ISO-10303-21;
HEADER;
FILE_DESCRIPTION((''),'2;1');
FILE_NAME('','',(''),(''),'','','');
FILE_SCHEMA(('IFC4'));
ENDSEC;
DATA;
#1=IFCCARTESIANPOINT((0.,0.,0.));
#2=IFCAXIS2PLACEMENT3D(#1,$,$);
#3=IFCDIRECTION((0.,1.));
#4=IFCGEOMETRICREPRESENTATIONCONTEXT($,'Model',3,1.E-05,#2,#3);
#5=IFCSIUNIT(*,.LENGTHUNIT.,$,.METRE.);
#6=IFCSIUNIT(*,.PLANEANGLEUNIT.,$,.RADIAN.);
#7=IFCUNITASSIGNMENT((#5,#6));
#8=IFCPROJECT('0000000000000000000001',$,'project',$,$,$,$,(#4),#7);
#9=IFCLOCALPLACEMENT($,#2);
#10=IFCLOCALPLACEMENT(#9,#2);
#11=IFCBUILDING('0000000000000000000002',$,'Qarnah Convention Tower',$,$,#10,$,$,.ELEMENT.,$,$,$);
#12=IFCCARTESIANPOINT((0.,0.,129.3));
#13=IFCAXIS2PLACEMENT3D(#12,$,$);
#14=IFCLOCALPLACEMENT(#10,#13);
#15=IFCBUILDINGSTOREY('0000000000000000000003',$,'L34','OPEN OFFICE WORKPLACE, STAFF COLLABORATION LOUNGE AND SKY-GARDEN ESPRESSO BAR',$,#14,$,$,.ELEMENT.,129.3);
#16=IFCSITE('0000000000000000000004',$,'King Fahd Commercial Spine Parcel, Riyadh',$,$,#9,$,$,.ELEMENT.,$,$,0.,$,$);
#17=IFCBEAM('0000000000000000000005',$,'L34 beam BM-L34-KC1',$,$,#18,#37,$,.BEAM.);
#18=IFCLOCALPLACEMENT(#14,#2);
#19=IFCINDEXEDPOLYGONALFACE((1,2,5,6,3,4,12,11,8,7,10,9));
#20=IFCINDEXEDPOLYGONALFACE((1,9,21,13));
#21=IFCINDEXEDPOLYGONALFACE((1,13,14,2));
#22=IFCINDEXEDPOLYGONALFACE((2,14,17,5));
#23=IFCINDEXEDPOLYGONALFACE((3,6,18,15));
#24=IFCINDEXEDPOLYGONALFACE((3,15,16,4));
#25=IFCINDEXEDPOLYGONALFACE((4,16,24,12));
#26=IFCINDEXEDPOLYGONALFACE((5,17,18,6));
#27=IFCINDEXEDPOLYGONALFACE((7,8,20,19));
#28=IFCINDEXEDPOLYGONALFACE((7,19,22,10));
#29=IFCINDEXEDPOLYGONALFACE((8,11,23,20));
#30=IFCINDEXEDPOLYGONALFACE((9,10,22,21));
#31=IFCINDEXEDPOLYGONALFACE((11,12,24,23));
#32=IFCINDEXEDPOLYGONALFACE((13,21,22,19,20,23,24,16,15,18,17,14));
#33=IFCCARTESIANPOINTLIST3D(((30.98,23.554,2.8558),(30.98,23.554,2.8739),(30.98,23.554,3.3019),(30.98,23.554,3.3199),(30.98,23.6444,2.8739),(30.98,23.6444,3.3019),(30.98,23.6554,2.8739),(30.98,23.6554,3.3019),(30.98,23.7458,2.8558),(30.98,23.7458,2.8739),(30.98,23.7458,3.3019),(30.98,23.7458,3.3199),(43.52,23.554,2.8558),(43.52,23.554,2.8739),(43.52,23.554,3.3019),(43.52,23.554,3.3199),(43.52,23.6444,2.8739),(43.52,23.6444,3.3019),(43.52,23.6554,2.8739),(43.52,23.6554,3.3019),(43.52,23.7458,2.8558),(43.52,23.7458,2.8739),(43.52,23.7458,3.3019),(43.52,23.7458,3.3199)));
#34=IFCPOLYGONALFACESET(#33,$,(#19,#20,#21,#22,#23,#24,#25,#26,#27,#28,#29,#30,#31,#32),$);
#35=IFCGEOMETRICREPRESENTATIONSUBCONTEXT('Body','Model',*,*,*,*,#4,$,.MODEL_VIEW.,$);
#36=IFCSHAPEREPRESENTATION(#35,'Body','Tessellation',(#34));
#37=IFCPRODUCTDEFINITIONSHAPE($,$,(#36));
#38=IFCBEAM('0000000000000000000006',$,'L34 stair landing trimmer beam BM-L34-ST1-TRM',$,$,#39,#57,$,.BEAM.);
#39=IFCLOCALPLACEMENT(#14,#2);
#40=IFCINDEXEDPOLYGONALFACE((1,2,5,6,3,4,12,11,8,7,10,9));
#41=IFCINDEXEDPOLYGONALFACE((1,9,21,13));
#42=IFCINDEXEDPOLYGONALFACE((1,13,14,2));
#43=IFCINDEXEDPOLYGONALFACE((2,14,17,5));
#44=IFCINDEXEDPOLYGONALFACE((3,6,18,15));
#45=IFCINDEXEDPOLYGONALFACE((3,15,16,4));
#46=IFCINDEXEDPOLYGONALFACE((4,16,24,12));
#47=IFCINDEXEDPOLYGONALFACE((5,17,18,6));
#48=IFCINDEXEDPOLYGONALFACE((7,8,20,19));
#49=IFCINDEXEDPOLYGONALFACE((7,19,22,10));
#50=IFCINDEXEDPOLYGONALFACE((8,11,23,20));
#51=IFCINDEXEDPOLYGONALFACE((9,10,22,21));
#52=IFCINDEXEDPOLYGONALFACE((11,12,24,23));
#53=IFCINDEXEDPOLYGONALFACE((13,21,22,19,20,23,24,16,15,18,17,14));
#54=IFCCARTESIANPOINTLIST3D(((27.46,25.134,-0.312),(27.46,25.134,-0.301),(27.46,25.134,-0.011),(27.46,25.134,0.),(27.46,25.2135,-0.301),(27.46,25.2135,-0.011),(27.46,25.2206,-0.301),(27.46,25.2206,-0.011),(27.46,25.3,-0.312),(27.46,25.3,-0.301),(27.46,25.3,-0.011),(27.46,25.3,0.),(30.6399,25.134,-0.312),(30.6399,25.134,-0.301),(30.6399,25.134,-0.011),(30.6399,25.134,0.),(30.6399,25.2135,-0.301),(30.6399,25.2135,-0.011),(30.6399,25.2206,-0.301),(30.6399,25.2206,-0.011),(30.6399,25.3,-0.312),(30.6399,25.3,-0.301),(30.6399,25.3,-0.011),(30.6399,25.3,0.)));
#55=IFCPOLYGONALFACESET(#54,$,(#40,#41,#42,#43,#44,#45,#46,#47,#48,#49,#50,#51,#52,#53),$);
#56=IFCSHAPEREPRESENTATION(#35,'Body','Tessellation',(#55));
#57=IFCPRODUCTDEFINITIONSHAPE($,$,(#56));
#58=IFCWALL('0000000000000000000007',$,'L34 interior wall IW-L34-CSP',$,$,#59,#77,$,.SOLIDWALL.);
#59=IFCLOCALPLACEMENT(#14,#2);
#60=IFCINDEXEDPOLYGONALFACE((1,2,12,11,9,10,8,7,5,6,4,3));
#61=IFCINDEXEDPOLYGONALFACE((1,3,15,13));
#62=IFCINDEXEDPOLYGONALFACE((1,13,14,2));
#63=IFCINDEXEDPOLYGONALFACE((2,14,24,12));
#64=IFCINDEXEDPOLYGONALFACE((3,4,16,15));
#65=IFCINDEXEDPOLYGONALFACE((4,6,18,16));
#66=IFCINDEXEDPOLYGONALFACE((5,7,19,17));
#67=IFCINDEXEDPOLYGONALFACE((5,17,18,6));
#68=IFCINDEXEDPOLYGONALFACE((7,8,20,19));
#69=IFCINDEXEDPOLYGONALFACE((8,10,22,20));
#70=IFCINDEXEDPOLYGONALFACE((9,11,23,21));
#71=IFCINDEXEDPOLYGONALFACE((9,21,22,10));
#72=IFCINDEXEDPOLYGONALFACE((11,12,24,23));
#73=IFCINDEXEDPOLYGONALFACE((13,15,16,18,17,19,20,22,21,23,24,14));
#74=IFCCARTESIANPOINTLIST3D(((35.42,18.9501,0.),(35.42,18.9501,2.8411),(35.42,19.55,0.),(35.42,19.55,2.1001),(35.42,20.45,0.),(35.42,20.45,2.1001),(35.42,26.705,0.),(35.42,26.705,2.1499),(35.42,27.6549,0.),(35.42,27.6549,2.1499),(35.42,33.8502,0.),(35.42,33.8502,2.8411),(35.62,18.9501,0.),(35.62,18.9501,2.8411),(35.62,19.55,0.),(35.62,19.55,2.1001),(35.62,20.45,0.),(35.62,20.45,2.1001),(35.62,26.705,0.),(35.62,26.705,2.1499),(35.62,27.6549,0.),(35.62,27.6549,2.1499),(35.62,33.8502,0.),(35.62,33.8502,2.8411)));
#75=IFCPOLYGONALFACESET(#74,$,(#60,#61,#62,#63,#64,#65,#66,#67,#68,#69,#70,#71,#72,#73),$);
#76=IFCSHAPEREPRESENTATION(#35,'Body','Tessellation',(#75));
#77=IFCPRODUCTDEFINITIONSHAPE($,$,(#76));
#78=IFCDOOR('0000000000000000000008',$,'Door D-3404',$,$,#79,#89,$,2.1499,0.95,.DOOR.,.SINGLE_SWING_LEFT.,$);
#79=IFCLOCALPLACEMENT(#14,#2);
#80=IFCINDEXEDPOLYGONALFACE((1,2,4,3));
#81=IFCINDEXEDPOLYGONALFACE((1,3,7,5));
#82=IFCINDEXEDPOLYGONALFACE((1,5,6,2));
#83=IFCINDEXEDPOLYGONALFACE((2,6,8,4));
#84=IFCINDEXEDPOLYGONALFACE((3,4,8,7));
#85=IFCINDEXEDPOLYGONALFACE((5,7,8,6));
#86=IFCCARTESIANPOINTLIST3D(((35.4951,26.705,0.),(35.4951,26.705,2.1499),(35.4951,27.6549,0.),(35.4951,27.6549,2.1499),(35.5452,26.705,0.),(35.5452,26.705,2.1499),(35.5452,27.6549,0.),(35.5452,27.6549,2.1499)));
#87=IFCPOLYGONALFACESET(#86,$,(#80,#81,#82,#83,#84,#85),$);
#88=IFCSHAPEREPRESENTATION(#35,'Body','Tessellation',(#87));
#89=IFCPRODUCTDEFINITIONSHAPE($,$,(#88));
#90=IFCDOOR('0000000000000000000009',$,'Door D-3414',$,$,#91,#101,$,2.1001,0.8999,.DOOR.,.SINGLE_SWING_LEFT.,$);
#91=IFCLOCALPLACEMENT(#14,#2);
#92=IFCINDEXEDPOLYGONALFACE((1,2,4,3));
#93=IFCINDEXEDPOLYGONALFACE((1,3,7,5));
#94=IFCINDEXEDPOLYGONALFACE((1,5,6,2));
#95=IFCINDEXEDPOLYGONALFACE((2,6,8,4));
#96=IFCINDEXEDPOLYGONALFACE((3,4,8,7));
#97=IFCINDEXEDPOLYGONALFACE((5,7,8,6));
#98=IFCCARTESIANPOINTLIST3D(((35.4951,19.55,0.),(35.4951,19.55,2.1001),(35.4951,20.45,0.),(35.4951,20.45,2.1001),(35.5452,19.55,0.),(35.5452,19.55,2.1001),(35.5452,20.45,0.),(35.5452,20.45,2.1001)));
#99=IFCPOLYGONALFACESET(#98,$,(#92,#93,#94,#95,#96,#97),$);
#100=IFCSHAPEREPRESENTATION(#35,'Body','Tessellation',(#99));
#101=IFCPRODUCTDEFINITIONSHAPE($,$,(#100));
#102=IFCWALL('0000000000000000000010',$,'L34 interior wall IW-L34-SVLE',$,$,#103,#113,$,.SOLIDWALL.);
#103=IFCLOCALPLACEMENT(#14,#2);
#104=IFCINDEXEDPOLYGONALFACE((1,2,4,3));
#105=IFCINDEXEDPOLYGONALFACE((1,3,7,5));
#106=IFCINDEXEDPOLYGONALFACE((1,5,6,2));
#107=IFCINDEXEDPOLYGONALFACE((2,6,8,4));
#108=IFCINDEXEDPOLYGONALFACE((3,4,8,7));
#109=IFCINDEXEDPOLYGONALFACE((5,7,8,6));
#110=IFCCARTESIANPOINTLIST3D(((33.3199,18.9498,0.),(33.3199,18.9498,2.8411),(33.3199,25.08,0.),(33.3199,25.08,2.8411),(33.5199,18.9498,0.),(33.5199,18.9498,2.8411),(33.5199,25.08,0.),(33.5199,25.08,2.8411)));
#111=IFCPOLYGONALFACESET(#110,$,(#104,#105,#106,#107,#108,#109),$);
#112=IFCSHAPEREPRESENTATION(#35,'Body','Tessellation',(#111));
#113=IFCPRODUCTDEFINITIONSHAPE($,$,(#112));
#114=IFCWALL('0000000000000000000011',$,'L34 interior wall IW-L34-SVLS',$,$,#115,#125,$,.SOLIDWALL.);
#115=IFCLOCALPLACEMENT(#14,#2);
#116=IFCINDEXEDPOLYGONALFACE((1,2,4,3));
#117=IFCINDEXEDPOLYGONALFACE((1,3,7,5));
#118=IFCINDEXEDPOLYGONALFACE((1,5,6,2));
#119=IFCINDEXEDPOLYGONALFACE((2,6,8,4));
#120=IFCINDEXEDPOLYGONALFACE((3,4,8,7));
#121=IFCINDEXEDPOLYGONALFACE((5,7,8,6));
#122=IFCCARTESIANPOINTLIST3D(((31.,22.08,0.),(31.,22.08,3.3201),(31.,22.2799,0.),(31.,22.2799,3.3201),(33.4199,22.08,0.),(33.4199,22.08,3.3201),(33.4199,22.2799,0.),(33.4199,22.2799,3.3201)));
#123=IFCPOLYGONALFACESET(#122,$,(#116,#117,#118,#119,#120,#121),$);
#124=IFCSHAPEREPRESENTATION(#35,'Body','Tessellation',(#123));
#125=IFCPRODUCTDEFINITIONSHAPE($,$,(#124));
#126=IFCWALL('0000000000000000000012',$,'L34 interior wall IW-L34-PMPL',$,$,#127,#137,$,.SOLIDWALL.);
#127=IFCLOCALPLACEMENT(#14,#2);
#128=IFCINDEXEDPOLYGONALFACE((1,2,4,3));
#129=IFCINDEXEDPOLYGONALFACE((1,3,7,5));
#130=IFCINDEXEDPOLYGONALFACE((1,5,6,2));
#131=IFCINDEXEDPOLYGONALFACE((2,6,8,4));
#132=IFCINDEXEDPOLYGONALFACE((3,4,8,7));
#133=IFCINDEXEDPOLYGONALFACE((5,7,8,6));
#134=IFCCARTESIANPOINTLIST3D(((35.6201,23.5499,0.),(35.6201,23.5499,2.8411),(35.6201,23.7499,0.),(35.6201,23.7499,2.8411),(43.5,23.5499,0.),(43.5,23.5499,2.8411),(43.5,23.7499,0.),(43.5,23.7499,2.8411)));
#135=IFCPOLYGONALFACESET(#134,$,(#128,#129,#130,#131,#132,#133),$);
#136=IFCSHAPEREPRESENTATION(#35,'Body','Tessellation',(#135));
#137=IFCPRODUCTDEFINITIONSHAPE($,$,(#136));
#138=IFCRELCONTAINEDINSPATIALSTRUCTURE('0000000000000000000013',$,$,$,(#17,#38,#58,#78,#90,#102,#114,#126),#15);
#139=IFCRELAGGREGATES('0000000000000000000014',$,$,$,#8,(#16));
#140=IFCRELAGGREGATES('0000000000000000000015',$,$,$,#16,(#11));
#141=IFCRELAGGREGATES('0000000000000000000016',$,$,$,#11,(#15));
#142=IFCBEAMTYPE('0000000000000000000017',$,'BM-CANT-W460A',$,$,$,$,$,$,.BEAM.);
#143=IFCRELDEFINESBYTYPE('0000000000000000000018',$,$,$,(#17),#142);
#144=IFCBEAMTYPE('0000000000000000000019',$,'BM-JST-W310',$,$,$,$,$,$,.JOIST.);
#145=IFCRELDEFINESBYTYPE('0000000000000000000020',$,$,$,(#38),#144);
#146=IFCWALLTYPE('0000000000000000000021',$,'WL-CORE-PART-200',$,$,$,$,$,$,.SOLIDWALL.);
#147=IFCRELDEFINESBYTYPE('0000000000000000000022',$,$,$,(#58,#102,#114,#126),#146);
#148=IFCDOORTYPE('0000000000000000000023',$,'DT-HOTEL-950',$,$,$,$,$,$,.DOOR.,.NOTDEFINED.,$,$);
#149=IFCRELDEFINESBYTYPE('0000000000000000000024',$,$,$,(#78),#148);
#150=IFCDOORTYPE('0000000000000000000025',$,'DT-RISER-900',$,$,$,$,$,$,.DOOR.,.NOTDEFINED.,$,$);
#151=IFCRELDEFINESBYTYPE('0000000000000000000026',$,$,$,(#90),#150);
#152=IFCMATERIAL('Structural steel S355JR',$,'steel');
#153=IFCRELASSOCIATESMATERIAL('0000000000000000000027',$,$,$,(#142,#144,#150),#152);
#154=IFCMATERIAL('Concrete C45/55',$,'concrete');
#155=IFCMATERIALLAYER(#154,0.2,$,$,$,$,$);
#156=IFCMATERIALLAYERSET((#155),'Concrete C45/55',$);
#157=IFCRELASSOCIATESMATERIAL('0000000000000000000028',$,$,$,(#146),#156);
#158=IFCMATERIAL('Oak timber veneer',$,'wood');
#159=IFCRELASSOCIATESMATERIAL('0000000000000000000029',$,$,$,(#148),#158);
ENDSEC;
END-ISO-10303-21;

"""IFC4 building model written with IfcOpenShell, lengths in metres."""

from ifc_helpers import new_model, si_unit, direction, frame, frame_2d, origin, origin_2d, place, context, subcontext, project, spatial, rectangle, i_section, extrude, material, layer, layer_set, material_profile, profile_set, type_object, element, fill, save


model = new_model("IFC4")

# Units and contexts
model_context = context("Model", 3, precision=1e-05, world=origin(), true_north=direction((0.0, 1.0)))
body_context = subcontext(model_context, "Body", "Model", "MODEL_VIEW")
ifc_project = project(units=[si_unit("LENGTHUNIT", "METRE"), si_unit("PLANEANGLEUNIT", "RADIAN")], contexts=[model_context])

# Site, building, storey
site_placement = place(None, origin())
site = spatial("IfcSite", under=ifc_project, at=site_placement, Name="King Fahd Commercial Spine Parcel, Riyadh", CompositionType="ELEMENT", RefElevation=0.0)
building_placement = place(site_placement, origin())
building = spatial("IfcBuilding", under=site, at=building_placement, Name="Qarnah Convention Tower", CompositionType="ELEMENT")
storey_placement = place(building_placement, frame((0.0, 0.0, 129.3)))
storey = spatial("IfcBuildingStorey", under=building, at=storey_placement, Name="L34", Description="OPEN OFFICE WORKPLACE, STAFF COLLABORATION LOUNGE AND SKY-GARDEN ESPRESSO BAR", CompositionType="ELEMENT", Elevation=129.3)

# Beams
ifc_material_1 = material(Name="Structural steel S355JR", Category="steel")
ifc_material_profile_1 = material_profile(ifc_material_1, i_section(OverallWidth=0.1919, OverallDepth=0.4641, WebThickness=0.011, FlangeThickness=0.0181, at=origin_2d()), Name="W460X89")
ifc_profile_set_1 = profile_set([ifc_material_profile_1], Name="Structural steel S355JR")
beam_type_1 = type_object("IfcBeamType", Name="BM-CANT-W460A", PredefinedType="BEAM", material=ifc_profile_set_1)
beam_1_placement = place(storey_placement, frame((30.98, 23.6499, 3.0879), z_axis=(1.0, 0.0, 0.0), x_axis=(0.0, 1.0, 0.0)))
element("IfcBeam", 1, at=beam_1_placement, inside=storey, type_object=beam_type_1, Name="L34 beam BM-L34-KC1", PredefinedType="BEAM", context=body_context, shape_type="SweptSolid", body=[
    extrude(i_section(OverallWidth=0.1919, OverallDepth=0.4641, WebThickness=0.011, FlangeThickness=0.0181, at=origin_2d()), origin(), (0.0, 0.0, 1.0), 12.54),
])
ifc_material_profile_2 = material_profile(ifc_material_1, i_section(OverallWidth=0.166, OverallDepth=0.312, WebThickness=0.0071, FlangeThickness=0.011, at=origin_2d()), Name="W310X45")
ifc_profile_set_2 = profile_set([ifc_material_profile_2], Name="Structural steel S355JR")
beam_type_2 = type_object("IfcBeamType", Name="BM-JST-W310", PredefinedType="JOIST", material=ifc_profile_set_2)
beam_2_placement = place(storey_placement, frame((27.46, 25.217, -0.156), z_axis=(1.0, 0.0, 0.0), x_axis=(0.0, 1.0, 0.0)))
element("IfcBeam", 2, at=beam_2_placement, inside=storey, type_object=beam_type_2, Name="L34 stair landing trimmer beam BM-L34-ST1-TRM", PredefinedType="BEAM", context=body_context, shape_type="SweptSolid", body=[
    extrude(i_section(OverallWidth=0.166, OverallDepth=0.312, WebThickness=0.0071, FlangeThickness=0.011, at=origin_2d()), origin(), (0.0, 0.0, 1.0), 3.1799),
])

# Wall, openings, doors
ifc_material_2 = material(Name="Concrete C45/55", Category="concrete")
ifc_layer_1 = layer(ifc_material_2, 0.2)
ifc_layer_set_1 = layer_set([ifc_layer_1], Name="Concrete C45/55")
wall_type_1 = type_object("IfcWallType", Name="WL-CORE-PART-200", PredefinedType="SOLIDWALL", material=ifc_layer_set_1)
wall_1_placement = place(storey_placement, frame((35.52, 18.95, 0.0), z_axis=(0.0, 0.0, 1.0), x_axis=(0.0, 1.0, 0.0)))
wall_1 = element("IfcWall", 3, at=wall_1_placement, inside=storey, type_object=wall_type_1, Name="L34 interior wall IW-L34-CSP", PredefinedType="SOLIDWALL", context=body_context, shape_type="SweptSolid", body=[
    extrude(rectangle(XDim=14.9001, YDim=0.2, at=frame_2d((7.4502, 0.0))), origin(), (0.0, 0.0, 1.0), 2.8411),
])
opening_1_placement = place(wall_1_placement, frame((7.7549, 0.0, 0.0)))
opening_1 = element("IfcOpeningElement", 4, at=opening_1_placement, cuts=wall_1, PredefinedType="OPENING", context=body_context, shape_type="SweptSolid", body=[
    extrude(rectangle(XDim=0.95, YDim=2.1499, at=frame_2d((0.4751, 1.075))), frame((0.0, 0.1099, 0.0), z_axis=(0.0, -1.0, 0.0), x_axis=(1.0, 0.0, 0.0)), (0.0, 0.0, 1.0), 0.22),
])
opening_2_placement = place(wall_1_placement, frame((0.6001, 0.0, 0.0)))
opening_2 = element("IfcOpeningElement", 5, at=opening_2_placement, cuts=wall_1, PredefinedType="OPENING", context=body_context, shape_type="SweptSolid", body=[
    extrude(rectangle(XDim=0.8999, YDim=2.1001, at=frame_2d((0.45, 1.05))), frame((0.0, 0.1099, 0.0), z_axis=(0.0, -1.0, 0.0), x_axis=(1.0, 0.0, 0.0)), (0.0, 0.0, 1.0), 0.22),
])
ifc_material_3 = material(Name="Oak timber veneer", Category="wood")
door_type_1 = type_object("IfcDoorType", Name="DT-HOTEL-950", OperationType="NOTDEFINED", PredefinedType="DOOR", material=ifc_material_3)
door_1_placement = place(opening_1_placement, origin())
door_1 = element("IfcDoor", 6, at=door_1_placement, inside=storey, type_object=door_type_1, Name="Door D-3404", OperationType="SINGLE_SWING_LEFT", OverallHeight=2.1499, OverallWidth=0.95, PredefinedType="DOOR", context=body_context, shape_type="SweptSolid", body=[
    extrude(rectangle(XDim=0.95, YDim=2.1499, at=frame_2d((0.4751, 1.075))), frame((0.0, 0.0249, 0.0), z_axis=(0.0, -1.0, 0.0), x_axis=(1.0, 0.0, 0.0)), (0.0, 0.0, 1.0), 0.05),
])
fill(opening_1, door_1)
door_type_2 = type_object("IfcDoorType", Name="DT-RISER-900", OperationType="NOTDEFINED", PredefinedType="DOOR", material=ifc_material_1)
door_2_placement = place(opening_2_placement, origin())
door_2 = element("IfcDoor", 7, at=door_2_placement, inside=storey, type_object=door_type_2, Name="Door D-3414", OperationType="SINGLE_SWING_LEFT", OverallHeight=2.1001, OverallWidth=0.8999, PredefinedType="DOOR", context=body_context, shape_type="SweptSolid", body=[
    extrude(rectangle(XDim=0.8999, YDim=2.1001, at=frame_2d((0.45, 1.05))), frame((0.0, 0.0249, 0.0), z_axis=(0.0, -1.0, 0.0), x_axis=(1.0, 0.0, 0.0)), (0.0, 0.0, 1.0), 0.05),
])
fill(opening_2, door_2)

# Walls
wall_2_placement = place(storey_placement, frame((33.4199, 18.95, 0.0), z_axis=(0.0, 0.0, 1.0), x_axis=(0.0, 1.0, 0.0)))
element("IfcWall", 8, at=wall_2_placement, inside=storey, type_object=wall_type_1, Name="L34 interior wall IW-L34-SVLE", PredefinedType="SOLIDWALL", context=body_context, shape_type="SweptSolid", body=[
    extrude(rectangle(XDim=6.1301, YDim=0.2, at=frame_2d((3.0649, 0.0))), origin(), (0.0, 0.0, 1.0), 2.8411),
])
wall_3_placement = place(storey_placement, frame((31.0, 22.1799, 0.0), z_axis=(0.0, 0.0, 1.0), x_axis=(1.0, 0.0, 0.0)))
element("IfcWall", 9, at=wall_3_placement, inside=storey, type_object=wall_type_1, Name="L34 interior wall IW-L34-SVLS", PredefinedType="SOLIDWALL", context=body_context, shape_type="SweptSolid", body=[
    extrude(rectangle(XDim=2.4199, YDim=0.2, at=frame_2d((1.21, 0.0))), origin(), (0.0, 0.0, 1.0), 3.3201),
])
wall_4_placement = place(storey_placement, frame((35.6201, 23.6499, 0.0), z_axis=(0.0, 0.0, 1.0), x_axis=(1.0, 0.0, 0.0)))
element("IfcWall", 10, at=wall_4_placement, inside=storey, type_object=wall_type_1, Name="L34 interior wall IW-L34-PMPL", PredefinedType="SOLIDWALL", context=body_context, shape_type="SweptSolid", body=[
    extrude(rectangle(XDim=7.8799, YDim=0.2, at=frame_2d((3.9399, 0.0))), origin(), (0.0, 0.0, 1.0), 2.8411),
])

save(model, "model.ifc")
